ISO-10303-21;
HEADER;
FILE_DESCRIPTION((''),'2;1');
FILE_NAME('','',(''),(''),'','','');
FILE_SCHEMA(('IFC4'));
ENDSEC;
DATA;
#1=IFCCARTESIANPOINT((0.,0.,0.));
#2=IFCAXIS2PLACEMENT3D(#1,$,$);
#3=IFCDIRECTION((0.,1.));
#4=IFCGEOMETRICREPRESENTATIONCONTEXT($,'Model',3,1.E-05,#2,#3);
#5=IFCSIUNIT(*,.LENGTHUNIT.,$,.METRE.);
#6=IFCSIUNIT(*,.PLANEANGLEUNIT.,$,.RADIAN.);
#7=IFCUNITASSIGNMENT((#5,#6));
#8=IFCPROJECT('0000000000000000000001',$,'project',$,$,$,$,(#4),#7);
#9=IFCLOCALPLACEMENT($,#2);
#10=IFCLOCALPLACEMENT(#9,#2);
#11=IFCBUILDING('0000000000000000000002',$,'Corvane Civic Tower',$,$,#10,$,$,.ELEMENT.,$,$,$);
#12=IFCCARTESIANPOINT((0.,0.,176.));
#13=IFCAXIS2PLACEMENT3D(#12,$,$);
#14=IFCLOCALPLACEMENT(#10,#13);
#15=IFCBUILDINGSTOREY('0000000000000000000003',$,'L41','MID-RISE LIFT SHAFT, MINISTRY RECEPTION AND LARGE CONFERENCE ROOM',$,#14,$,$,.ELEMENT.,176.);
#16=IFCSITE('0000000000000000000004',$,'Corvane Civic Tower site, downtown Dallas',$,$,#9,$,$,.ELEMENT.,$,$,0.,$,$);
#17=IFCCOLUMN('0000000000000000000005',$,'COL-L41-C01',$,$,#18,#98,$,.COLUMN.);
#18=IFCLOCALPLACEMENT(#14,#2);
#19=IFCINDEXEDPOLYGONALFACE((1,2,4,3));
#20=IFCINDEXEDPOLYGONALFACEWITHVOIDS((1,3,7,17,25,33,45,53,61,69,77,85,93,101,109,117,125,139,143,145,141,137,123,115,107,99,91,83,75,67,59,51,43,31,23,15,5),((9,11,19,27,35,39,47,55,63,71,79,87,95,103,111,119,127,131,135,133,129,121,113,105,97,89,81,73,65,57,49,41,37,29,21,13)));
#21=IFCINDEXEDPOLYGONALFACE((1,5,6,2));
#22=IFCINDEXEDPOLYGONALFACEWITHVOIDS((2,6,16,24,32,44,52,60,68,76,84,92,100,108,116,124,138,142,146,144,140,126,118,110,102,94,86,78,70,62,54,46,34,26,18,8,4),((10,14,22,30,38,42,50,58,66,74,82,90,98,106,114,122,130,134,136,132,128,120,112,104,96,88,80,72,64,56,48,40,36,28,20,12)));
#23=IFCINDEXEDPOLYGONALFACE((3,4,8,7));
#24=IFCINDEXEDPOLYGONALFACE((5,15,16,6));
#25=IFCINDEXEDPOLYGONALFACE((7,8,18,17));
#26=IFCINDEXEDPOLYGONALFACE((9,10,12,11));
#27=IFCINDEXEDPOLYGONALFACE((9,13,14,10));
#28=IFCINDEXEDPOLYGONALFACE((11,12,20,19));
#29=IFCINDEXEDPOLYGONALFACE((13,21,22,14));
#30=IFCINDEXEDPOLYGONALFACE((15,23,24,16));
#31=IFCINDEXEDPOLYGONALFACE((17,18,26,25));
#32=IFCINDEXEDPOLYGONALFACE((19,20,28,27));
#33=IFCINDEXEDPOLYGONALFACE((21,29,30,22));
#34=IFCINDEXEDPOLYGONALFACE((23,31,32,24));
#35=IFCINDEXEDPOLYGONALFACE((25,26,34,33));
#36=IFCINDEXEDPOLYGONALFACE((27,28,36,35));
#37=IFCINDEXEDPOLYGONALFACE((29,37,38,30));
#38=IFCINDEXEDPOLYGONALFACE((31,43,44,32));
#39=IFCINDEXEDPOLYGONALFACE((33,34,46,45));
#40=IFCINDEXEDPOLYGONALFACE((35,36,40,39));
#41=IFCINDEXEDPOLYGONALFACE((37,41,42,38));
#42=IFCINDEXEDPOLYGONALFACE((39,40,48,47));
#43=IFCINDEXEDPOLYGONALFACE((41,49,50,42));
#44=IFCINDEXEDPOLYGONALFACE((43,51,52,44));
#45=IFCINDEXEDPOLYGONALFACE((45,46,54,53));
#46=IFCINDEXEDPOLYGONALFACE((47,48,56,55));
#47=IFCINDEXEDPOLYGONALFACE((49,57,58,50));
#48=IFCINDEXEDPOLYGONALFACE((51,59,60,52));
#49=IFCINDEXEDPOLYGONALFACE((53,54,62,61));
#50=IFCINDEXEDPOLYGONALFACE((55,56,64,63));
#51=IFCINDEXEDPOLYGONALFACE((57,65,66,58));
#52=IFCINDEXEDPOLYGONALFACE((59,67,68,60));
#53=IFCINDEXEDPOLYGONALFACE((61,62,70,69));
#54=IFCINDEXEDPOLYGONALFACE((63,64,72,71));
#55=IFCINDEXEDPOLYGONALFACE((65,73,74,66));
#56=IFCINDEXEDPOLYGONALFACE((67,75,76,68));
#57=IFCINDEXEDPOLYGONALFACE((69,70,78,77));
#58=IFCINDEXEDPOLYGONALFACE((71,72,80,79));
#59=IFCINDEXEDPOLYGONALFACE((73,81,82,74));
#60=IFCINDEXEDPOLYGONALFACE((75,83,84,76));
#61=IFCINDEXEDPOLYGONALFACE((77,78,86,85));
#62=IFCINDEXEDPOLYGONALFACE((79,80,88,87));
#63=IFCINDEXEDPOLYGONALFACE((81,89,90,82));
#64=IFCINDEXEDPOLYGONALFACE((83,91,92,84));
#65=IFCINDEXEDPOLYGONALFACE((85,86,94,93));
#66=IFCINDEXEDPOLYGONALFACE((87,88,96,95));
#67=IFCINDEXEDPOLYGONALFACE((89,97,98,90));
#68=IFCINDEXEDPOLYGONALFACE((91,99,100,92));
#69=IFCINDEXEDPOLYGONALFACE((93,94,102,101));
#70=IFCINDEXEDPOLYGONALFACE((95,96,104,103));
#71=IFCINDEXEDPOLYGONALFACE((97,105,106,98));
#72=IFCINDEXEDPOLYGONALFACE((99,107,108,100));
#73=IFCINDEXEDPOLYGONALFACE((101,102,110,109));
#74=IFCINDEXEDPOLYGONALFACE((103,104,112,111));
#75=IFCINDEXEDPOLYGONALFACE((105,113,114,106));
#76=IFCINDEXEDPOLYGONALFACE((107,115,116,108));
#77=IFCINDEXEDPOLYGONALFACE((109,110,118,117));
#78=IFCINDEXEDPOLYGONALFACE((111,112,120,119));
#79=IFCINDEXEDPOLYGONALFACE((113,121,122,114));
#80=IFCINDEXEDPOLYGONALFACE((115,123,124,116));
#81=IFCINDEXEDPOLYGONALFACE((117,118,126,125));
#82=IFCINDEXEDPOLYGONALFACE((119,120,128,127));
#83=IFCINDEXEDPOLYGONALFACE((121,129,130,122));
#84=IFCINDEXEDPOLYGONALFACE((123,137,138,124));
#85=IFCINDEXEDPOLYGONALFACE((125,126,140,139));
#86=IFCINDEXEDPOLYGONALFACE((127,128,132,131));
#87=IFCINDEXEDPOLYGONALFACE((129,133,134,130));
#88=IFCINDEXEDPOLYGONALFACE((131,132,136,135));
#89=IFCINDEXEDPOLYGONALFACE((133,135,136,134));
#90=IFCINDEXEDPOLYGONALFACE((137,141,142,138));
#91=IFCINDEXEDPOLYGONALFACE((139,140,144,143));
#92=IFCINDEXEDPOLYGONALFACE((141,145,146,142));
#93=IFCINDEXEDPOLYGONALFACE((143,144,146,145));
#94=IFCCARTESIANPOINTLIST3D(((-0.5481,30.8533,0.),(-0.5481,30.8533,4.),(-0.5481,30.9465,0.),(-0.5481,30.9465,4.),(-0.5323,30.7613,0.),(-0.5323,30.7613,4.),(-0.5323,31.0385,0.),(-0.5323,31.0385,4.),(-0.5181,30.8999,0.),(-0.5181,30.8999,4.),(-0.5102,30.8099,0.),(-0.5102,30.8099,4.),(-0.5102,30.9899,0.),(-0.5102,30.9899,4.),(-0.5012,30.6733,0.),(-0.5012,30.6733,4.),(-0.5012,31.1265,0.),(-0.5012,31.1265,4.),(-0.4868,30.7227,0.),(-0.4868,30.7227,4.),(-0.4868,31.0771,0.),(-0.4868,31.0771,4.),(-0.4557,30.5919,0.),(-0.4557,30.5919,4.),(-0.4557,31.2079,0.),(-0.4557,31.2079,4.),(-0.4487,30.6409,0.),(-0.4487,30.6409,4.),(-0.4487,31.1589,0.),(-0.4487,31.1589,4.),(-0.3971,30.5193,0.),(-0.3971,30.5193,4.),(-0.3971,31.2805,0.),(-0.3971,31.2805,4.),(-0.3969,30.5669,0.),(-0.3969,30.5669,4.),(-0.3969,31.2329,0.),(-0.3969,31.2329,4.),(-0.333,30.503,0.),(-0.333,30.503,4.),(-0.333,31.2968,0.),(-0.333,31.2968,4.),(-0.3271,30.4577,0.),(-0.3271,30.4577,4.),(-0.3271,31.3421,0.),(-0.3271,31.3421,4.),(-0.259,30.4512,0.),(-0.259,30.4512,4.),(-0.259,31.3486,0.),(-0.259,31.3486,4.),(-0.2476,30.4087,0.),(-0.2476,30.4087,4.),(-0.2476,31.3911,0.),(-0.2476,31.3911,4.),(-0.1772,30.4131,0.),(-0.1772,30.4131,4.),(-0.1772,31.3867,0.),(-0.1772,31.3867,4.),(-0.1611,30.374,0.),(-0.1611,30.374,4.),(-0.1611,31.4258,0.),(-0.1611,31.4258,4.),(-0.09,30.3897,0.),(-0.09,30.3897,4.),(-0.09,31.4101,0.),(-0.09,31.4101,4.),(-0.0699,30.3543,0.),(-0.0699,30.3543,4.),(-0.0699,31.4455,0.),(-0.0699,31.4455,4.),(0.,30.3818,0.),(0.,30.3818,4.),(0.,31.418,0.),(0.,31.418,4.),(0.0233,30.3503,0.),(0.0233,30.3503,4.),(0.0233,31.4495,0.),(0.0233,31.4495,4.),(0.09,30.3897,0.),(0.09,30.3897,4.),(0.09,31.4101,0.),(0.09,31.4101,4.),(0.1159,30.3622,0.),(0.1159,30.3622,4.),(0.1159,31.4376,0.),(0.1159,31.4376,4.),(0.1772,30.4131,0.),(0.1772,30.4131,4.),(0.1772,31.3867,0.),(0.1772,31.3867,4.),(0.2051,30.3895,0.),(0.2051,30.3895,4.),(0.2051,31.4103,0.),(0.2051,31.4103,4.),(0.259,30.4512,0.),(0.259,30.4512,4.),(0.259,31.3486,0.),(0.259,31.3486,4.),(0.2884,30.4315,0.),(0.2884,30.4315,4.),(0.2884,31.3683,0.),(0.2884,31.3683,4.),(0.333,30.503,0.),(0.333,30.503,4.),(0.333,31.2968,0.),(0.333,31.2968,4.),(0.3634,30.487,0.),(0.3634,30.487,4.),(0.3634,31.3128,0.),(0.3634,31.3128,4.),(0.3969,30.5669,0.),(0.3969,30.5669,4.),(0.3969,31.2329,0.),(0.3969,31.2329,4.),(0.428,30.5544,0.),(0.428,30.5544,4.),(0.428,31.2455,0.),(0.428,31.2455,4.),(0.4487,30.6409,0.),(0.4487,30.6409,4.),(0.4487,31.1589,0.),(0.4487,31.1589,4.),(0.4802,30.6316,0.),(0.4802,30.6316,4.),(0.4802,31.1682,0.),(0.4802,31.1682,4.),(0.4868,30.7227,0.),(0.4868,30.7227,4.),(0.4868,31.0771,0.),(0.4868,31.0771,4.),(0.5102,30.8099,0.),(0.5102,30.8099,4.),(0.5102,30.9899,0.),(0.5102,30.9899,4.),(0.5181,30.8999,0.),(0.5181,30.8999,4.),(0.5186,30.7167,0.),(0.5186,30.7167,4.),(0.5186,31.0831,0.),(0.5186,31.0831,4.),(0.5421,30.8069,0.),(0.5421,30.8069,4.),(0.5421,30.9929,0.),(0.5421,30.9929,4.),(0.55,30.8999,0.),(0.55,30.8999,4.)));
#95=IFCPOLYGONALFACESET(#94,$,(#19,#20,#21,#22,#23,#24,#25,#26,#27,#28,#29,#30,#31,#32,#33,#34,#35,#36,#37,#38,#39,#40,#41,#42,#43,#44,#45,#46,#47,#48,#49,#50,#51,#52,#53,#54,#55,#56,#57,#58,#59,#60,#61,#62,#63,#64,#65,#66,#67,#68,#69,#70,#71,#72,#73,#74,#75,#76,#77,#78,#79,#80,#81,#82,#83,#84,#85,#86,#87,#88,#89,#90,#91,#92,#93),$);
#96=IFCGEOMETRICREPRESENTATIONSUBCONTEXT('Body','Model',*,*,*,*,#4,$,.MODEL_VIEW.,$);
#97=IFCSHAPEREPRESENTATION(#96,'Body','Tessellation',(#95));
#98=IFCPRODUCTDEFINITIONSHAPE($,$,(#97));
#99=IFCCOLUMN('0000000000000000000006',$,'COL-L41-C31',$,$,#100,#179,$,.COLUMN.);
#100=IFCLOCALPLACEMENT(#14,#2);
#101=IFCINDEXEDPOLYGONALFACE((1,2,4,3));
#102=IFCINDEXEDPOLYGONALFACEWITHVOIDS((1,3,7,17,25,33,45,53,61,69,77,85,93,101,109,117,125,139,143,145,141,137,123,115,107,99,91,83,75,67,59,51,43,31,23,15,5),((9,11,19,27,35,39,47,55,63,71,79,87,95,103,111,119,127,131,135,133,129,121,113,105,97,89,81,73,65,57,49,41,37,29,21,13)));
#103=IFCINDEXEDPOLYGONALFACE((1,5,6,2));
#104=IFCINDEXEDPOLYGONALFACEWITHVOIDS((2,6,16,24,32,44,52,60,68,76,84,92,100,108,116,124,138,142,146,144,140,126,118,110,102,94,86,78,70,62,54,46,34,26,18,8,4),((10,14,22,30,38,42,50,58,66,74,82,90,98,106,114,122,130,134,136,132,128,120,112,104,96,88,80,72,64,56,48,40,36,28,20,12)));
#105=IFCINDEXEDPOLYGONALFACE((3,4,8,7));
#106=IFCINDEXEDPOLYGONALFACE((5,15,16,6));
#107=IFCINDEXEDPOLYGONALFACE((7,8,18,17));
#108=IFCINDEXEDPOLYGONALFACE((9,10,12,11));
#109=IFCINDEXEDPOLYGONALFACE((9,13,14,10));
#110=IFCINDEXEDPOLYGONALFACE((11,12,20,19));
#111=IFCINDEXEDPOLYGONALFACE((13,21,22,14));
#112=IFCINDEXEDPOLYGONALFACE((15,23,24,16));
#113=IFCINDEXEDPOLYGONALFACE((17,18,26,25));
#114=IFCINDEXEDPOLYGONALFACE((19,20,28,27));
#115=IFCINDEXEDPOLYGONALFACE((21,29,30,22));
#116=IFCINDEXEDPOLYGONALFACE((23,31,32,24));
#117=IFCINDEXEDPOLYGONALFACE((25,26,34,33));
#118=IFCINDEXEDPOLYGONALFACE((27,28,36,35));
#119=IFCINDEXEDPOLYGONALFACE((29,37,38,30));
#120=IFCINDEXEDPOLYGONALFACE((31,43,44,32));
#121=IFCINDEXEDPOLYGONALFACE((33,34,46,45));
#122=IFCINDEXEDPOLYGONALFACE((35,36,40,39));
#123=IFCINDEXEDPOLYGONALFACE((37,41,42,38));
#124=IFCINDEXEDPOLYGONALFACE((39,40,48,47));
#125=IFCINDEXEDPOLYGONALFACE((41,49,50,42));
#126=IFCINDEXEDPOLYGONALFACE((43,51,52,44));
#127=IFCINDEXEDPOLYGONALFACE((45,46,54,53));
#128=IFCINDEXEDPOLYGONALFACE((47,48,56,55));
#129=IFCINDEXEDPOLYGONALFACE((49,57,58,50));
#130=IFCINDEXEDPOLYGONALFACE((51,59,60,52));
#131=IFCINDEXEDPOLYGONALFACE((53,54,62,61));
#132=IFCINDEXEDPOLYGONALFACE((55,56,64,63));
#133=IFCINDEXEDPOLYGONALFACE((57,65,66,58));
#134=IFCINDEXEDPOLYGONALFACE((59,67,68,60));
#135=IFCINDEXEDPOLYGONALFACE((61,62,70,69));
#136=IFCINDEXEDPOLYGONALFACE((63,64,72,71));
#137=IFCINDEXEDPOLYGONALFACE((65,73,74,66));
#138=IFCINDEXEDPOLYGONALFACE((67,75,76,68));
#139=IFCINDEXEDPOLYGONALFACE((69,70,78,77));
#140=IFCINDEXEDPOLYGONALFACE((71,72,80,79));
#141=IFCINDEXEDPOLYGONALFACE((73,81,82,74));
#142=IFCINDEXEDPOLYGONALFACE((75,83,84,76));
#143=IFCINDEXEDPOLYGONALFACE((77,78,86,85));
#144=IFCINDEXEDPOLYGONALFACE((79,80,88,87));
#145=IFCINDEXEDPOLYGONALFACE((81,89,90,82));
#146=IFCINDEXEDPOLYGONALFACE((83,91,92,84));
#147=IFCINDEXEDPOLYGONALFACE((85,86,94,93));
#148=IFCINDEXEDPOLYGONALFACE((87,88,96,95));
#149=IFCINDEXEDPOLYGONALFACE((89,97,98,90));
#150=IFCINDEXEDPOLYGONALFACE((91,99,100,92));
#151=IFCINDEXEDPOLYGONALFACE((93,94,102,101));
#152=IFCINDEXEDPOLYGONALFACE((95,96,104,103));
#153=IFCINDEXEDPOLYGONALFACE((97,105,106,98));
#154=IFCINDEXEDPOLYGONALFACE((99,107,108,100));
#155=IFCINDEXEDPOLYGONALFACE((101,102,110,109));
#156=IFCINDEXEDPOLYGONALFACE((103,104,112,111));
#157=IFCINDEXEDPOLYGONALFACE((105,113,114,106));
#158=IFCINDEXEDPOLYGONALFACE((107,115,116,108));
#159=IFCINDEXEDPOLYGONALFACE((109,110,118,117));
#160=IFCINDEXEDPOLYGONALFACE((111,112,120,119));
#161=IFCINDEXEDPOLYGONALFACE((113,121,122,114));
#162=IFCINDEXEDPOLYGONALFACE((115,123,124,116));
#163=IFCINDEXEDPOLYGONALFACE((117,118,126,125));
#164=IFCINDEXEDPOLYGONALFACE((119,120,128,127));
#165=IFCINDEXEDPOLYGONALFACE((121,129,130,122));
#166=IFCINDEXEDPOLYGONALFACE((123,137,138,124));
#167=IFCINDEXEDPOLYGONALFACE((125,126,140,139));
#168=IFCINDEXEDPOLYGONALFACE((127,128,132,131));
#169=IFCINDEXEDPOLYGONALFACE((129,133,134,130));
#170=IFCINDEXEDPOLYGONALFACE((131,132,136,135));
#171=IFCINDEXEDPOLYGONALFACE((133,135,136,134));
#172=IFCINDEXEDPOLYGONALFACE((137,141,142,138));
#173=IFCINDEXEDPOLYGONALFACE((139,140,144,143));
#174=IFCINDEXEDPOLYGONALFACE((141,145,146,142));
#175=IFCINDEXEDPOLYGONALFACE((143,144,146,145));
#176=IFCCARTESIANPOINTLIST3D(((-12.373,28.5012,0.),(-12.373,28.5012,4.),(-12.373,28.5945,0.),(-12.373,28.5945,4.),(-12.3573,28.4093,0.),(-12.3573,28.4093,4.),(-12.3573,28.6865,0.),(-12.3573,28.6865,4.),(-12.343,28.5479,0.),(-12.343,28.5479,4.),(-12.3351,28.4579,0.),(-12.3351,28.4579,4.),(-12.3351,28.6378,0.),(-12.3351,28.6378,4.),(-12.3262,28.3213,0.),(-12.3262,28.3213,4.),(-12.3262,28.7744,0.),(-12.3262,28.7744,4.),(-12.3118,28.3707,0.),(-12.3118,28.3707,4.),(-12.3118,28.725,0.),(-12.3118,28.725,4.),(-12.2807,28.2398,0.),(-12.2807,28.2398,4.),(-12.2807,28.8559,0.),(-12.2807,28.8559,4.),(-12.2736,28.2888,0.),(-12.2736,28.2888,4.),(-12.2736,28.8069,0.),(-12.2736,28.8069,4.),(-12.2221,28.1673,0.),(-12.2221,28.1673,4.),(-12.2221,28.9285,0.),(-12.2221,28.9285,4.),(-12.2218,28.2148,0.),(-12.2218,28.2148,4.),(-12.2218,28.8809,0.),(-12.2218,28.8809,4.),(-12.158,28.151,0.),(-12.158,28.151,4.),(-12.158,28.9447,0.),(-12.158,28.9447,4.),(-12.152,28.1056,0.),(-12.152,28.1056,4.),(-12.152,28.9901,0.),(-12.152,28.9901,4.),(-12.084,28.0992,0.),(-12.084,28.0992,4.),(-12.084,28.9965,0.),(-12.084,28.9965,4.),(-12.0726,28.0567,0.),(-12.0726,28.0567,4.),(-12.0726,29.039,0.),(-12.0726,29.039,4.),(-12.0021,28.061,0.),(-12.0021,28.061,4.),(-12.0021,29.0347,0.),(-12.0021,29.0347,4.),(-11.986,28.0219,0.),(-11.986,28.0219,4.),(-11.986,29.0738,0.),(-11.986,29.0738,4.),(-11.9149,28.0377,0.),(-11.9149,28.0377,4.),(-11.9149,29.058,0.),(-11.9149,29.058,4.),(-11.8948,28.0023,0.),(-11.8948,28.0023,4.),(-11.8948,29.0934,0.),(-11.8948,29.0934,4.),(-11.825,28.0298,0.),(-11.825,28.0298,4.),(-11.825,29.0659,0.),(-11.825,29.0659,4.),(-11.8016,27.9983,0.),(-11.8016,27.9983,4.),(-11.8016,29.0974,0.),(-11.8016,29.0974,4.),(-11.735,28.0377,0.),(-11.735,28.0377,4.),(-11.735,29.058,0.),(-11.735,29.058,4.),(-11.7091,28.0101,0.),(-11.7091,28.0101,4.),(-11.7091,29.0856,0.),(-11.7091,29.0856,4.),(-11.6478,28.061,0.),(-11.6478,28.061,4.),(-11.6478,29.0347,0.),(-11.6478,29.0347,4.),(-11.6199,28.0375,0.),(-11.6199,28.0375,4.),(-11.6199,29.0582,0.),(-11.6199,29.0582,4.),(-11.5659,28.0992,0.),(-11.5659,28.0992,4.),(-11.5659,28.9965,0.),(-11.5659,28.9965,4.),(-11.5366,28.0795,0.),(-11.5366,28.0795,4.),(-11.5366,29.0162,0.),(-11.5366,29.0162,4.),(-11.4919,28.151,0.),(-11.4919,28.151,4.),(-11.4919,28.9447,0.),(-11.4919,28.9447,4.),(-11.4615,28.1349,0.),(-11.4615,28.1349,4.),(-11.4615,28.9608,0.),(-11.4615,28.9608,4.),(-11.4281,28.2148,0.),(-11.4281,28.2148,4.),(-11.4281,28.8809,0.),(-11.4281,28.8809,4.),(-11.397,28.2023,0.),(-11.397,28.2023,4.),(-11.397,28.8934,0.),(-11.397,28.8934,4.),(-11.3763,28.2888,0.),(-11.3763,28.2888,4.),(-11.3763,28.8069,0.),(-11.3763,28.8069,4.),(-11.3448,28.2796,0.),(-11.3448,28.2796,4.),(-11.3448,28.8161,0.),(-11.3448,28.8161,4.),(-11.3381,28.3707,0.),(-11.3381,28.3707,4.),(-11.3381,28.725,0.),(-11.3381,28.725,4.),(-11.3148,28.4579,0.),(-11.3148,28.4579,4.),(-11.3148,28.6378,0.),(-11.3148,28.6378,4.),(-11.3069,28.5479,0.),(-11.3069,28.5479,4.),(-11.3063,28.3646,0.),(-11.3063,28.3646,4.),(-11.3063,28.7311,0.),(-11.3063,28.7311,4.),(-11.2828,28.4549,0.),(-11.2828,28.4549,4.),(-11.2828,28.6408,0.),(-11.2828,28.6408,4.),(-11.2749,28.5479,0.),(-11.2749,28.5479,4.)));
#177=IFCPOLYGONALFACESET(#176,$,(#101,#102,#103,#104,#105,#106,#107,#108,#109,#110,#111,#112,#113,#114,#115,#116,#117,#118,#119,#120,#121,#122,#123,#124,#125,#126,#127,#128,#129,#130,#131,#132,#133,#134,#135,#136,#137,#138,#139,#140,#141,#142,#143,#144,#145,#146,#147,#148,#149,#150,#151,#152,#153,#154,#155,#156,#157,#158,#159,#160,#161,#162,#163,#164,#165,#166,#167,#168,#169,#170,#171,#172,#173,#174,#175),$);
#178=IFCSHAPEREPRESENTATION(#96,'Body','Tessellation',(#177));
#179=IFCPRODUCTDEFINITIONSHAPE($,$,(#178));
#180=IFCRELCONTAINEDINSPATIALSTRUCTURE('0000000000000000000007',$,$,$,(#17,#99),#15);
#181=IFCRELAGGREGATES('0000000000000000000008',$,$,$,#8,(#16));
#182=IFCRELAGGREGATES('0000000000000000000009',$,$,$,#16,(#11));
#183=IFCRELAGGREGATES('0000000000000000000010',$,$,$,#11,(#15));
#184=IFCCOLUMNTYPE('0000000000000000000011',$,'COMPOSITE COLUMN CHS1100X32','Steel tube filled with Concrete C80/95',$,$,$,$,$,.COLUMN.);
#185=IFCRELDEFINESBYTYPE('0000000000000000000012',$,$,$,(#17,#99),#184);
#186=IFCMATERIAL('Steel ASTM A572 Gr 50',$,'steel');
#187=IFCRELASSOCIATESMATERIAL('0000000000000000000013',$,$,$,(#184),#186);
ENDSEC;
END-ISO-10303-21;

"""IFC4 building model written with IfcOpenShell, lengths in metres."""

from ifc_helpers import new_model, si_unit, direction, frame, origin, origin_2d, place, context, subcontext, project, spatial, hollow_circle, extrude, material, material_profile, profile_set, type_object, element, save


model = new_model("IFC4")

# Units and contexts
model_context = context("Model", 3, precision=1e-05, world=origin(), true_north=direction((0.0, 1.0)))
body_context = subcontext(model_context, "Body", "Model", "MODEL_VIEW")
ifc_project = project(units=[si_unit("LENGTHUNIT", "METRE"), si_unit("PLANEANGLEUNIT", "RADIAN")], contexts=[model_context])

# Site, building, storey
site_placement = place(None, origin())
site = spatial("IfcSite", under=ifc_project, at=site_placement, Name="Corvane Civic Tower site, downtown Dallas", CompositionType="ELEMENT", RefElevation=0.0)
building_placement = place(site_placement, origin())
building = spatial("IfcBuilding", under=site, at=building_placement, Name="Corvane Civic Tower", CompositionType="ELEMENT")
storey_placement = place(building_placement, frame((0.0, 0.0, 176.0)))
storey = spatial("IfcBuildingStorey", under=building, at=storey_placement, Name="L41", Description="MID-RISE LIFT SHAFT, MINISTRY RECEPTION AND LARGE CONFERENCE ROOM", CompositionType="ELEMENT", Elevation=176.0)

# Columns
ifc_material_1 = material(Name="Steel ASTM A572 Gr 50", Category="steel")
ifc_material_profile_1 = material_profile(ifc_material_1, hollow_circle(Radius=0.55, WallThickness=0.032, at=origin_2d()), Name="CHS1100X32")
ifc_profile_set_1 = profile_set([ifc_material_profile_1], Name="Steel ASTM A572 Gr 50")
column_type = type_object("IfcColumnType", Name="COMPOSITE COLUMN CHS1100X32", Description="Steel tube filled with Concrete C80/95", PredefinedType="COLUMN", material=ifc_profile_set_1)
for number, where, z_axis, x_axis, name in (
    (1, (0.0, 30.8999, 0.0), (0.0, 0.0, 1.0), (1.0, 0.0, 0.0), "COL-L41-C01"),
    (2, (-11.825, 28.5479, 0.0), (0.0, 0.0, 1.0), (1.0, 0.0, 0.0), "COL-L41-C31"),
):
    element("IfcColumn", number, at=place(storey_placement, frame(where, z_axis=z_axis, x_axis=x_axis)), inside=storey, type_object=column_type, Name=name, PredefinedType="COLUMN", context=body_context, shape_type="SweptSolid", body=[
        extrude(hollow_circle(Radius=0.55, WallThickness=0.032, at=origin_2d()), origin(), (0.0, 0.0, 1.0), 4.0),
    ])

save(model, "model.ifc")
